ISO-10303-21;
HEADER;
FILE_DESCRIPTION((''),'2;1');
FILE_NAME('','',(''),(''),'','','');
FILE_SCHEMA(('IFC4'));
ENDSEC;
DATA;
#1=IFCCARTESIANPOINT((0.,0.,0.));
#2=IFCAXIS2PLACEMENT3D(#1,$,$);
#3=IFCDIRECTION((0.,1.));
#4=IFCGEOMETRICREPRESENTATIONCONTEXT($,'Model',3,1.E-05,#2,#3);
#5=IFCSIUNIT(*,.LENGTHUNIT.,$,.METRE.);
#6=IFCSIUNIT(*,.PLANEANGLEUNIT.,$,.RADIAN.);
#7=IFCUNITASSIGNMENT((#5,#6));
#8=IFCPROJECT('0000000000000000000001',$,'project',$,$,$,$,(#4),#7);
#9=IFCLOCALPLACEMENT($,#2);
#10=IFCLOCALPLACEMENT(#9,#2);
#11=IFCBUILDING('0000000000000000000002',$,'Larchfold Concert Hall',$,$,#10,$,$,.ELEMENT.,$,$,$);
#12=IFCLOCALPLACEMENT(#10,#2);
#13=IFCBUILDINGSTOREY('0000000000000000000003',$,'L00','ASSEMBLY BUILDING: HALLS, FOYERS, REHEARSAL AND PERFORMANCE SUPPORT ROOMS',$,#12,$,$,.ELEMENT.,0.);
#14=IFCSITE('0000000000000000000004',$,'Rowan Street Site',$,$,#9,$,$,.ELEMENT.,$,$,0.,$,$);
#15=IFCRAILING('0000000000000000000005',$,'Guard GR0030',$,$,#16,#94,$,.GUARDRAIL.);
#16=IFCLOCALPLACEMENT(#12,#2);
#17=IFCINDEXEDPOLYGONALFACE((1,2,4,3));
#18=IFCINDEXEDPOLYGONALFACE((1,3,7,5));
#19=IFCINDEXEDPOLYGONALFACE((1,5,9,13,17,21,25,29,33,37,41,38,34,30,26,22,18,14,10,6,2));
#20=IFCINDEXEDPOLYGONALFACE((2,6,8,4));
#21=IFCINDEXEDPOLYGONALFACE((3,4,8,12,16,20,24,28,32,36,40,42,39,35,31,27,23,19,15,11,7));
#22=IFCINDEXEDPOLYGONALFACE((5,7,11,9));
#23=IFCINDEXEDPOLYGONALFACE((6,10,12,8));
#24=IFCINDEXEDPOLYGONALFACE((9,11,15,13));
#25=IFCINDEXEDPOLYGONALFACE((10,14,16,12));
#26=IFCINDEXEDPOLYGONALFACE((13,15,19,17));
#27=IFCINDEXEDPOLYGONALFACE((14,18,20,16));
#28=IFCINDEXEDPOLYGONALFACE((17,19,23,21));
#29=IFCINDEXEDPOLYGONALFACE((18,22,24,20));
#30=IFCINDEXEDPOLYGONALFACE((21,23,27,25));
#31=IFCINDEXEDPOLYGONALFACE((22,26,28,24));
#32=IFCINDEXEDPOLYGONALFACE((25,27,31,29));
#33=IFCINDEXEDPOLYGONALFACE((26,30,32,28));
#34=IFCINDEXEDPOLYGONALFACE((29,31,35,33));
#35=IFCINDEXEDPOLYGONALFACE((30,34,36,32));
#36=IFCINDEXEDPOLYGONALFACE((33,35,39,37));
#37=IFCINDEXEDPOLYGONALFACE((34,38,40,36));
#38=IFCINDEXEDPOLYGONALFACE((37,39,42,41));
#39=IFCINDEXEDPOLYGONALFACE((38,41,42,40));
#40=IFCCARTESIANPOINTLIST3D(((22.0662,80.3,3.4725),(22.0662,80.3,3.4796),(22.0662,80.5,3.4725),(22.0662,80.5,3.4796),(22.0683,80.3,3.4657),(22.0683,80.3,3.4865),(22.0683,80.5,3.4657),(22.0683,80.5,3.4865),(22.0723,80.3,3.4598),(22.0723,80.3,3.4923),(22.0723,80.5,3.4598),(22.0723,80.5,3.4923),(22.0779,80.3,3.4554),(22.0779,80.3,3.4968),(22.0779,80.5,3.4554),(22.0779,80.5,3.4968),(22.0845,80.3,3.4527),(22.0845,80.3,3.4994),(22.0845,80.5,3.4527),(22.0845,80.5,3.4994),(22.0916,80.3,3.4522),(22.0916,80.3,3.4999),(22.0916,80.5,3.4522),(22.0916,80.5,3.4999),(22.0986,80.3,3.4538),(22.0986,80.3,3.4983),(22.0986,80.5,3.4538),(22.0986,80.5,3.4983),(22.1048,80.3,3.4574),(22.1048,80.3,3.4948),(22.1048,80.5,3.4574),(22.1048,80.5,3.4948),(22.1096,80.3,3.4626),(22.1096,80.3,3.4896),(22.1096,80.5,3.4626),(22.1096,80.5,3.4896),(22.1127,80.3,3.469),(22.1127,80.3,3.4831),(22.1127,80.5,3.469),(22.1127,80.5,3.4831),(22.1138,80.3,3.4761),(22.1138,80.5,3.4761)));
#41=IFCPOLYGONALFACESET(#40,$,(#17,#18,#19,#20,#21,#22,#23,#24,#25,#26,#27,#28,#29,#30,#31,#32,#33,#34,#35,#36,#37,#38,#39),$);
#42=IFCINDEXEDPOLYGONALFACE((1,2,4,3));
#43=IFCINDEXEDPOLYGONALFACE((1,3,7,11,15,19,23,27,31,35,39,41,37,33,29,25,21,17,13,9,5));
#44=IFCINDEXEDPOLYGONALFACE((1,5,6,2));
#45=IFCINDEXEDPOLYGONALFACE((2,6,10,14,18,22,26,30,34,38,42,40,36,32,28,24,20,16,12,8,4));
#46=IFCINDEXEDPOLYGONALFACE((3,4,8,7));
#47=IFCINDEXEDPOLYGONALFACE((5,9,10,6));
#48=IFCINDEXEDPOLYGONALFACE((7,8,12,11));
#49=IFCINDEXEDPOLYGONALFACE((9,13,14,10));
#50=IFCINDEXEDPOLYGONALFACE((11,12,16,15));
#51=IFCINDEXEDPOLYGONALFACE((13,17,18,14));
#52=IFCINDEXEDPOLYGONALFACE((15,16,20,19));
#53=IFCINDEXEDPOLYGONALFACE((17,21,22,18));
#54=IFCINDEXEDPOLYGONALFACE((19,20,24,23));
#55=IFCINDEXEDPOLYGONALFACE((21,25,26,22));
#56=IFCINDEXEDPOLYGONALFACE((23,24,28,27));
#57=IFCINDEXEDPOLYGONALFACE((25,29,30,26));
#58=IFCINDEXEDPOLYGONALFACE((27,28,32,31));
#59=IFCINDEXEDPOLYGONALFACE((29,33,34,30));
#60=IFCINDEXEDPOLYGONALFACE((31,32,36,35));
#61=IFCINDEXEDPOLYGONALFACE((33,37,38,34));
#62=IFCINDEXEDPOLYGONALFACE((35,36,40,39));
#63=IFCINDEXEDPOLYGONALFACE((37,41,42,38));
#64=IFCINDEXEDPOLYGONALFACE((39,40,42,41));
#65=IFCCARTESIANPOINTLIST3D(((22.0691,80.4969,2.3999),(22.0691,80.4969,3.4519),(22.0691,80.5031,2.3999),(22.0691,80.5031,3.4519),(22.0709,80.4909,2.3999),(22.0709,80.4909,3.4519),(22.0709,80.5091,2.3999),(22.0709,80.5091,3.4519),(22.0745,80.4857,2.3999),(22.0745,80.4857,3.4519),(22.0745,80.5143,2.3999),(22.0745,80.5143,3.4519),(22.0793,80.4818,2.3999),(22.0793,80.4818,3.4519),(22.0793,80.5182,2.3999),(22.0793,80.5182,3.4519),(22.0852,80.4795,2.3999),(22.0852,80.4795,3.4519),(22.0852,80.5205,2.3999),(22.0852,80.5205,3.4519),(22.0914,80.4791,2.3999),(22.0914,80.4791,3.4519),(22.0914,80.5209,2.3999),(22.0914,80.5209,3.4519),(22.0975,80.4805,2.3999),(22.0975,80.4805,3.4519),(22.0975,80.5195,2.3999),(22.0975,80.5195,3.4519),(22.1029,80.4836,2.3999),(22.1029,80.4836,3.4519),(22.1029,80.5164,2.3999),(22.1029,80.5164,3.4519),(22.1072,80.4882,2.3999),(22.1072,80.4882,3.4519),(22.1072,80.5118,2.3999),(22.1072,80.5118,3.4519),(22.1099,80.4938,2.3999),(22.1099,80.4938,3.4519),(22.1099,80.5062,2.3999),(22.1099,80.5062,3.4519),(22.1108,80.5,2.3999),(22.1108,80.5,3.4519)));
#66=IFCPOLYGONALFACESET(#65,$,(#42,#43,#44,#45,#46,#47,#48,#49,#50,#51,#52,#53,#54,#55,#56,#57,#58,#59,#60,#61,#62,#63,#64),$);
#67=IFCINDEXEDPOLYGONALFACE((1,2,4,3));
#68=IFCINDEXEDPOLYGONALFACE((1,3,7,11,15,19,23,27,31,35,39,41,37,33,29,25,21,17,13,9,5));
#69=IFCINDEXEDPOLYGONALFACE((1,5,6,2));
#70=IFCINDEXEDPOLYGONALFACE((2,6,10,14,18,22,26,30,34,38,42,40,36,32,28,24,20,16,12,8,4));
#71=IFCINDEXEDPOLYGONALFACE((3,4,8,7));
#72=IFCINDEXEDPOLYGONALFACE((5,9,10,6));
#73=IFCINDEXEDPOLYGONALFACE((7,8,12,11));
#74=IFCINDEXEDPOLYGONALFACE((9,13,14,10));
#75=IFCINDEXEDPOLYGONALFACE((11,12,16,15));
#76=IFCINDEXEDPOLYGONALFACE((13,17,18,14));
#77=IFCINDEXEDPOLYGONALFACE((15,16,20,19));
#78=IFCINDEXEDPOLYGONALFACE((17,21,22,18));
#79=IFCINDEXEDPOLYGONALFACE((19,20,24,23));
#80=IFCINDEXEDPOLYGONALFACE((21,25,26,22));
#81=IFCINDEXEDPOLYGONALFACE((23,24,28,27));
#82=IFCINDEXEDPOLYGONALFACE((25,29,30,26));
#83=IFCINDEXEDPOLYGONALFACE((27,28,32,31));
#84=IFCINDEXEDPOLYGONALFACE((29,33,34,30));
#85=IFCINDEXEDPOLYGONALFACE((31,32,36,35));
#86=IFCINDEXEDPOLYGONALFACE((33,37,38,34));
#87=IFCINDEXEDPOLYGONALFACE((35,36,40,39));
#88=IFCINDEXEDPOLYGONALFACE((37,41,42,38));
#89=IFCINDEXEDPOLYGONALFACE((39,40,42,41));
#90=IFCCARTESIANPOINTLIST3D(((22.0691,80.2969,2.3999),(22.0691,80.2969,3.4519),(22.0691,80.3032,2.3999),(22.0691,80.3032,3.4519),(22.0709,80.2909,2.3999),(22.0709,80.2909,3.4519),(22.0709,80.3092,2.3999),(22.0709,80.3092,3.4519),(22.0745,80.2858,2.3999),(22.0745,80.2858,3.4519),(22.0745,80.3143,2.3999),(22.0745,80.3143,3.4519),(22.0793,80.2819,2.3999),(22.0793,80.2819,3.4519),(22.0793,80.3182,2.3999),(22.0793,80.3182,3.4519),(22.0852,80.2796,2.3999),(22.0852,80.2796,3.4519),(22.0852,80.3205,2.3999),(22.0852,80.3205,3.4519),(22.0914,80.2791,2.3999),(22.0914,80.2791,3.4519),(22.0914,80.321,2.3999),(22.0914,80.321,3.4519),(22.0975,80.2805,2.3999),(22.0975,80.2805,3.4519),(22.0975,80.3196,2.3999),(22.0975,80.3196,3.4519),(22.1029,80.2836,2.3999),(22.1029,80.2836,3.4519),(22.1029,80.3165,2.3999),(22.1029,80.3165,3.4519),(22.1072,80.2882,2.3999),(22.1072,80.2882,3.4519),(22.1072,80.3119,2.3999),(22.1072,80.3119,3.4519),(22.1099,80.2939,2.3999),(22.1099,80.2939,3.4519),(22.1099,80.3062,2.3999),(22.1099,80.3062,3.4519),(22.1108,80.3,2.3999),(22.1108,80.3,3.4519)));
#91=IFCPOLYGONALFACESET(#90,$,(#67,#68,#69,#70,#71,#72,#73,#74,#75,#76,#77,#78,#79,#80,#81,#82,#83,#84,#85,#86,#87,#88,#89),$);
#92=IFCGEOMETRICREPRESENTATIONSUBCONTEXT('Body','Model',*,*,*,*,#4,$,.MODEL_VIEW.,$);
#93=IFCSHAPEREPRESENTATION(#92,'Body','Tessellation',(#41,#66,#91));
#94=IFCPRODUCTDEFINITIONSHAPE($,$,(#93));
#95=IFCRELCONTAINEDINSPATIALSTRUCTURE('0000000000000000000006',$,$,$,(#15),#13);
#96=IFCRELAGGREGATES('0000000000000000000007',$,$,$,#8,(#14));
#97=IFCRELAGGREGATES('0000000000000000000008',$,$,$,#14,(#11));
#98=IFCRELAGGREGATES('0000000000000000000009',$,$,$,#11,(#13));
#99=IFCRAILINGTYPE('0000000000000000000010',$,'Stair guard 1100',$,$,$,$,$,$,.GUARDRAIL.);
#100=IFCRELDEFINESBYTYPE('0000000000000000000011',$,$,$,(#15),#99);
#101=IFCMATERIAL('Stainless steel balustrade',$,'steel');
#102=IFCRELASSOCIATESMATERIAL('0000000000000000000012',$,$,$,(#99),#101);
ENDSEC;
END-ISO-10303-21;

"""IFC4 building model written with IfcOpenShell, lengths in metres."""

from ifc_helpers import new_model, si_unit, direction, frame, origin, origin_2d, place, context, subcontext, project, spatial, circle, extrude, material, type_object, element, save


model = new_model("IFC4")

# Units and contexts
model_context = context("Model", 3, precision=1e-05, world=origin(), true_north=direction((0.0, 1.0)))
body_context = subcontext(model_context, "Body", "Model", "MODEL_VIEW")
ifc_project = project(units=[si_unit("LENGTHUNIT", "METRE"), si_unit("PLANEANGLEUNIT", "RADIAN")], contexts=[model_context])

# Site, building, storey
site_placement = place(None, origin())
site = spatial("IfcSite", under=ifc_project, at=site_placement, Name="Rowan Street Site", CompositionType="ELEMENT", RefElevation=0.0)
building_placement = place(site_placement, origin())
building = spatial("IfcBuilding", under=site, at=building_placement, Name="Larchfold Concert Hall", CompositionType="ELEMENT")
storey_placement = place(building_placement, origin())
storey = spatial("IfcBuildingStorey", under=building, at=storey_placement, Name="L00", Description="ASSEMBLY BUILDING: HALLS, FOYERS, REHEARSAL AND PERFORMANCE SUPPORT ROOMS", CompositionType="ELEMENT", Elevation=0.0)

# Railing
ifc_material_1 = material(Name="Stainless steel balustrade", Category="steel")
railing_type_1 = type_object("IfcRailingType", Name="Stair guard 1100", PredefinedType="GUARDRAIL", material=ifc_material_1)
railing_1_placement = place(storey_placement, frame((22.0898, 80.5, 2.3999)))
element("IfcRailing", 1, at=railing_1_placement, inside=storey, type_object=railing_type_1, Name="Guard GR0030", PredefinedType="GUARDRAIL", context=body_context, shape_type="SweptSolid", body=[
    extrude(circle(Radius=0.0239, at=origin_2d()), frame((0.0, 0.0, 1.0762), z_axis=(0.0, -1.0, 0.0), x_axis=(1.0, 0.0, 0.0)), (0.0, 0.0, 1.0), 0.2),
    extrude(circle(Radius=0.021, at=origin_2d()), origin(), (0.0, 0.0, 1.0), 1.052),
    extrude(circle(Radius=0.021, at=origin_2d()), frame((0.0, -0.2, 0.0)), (0.0, 0.0, 1.0), 1.052),
])

save(model, "model.ifc")
